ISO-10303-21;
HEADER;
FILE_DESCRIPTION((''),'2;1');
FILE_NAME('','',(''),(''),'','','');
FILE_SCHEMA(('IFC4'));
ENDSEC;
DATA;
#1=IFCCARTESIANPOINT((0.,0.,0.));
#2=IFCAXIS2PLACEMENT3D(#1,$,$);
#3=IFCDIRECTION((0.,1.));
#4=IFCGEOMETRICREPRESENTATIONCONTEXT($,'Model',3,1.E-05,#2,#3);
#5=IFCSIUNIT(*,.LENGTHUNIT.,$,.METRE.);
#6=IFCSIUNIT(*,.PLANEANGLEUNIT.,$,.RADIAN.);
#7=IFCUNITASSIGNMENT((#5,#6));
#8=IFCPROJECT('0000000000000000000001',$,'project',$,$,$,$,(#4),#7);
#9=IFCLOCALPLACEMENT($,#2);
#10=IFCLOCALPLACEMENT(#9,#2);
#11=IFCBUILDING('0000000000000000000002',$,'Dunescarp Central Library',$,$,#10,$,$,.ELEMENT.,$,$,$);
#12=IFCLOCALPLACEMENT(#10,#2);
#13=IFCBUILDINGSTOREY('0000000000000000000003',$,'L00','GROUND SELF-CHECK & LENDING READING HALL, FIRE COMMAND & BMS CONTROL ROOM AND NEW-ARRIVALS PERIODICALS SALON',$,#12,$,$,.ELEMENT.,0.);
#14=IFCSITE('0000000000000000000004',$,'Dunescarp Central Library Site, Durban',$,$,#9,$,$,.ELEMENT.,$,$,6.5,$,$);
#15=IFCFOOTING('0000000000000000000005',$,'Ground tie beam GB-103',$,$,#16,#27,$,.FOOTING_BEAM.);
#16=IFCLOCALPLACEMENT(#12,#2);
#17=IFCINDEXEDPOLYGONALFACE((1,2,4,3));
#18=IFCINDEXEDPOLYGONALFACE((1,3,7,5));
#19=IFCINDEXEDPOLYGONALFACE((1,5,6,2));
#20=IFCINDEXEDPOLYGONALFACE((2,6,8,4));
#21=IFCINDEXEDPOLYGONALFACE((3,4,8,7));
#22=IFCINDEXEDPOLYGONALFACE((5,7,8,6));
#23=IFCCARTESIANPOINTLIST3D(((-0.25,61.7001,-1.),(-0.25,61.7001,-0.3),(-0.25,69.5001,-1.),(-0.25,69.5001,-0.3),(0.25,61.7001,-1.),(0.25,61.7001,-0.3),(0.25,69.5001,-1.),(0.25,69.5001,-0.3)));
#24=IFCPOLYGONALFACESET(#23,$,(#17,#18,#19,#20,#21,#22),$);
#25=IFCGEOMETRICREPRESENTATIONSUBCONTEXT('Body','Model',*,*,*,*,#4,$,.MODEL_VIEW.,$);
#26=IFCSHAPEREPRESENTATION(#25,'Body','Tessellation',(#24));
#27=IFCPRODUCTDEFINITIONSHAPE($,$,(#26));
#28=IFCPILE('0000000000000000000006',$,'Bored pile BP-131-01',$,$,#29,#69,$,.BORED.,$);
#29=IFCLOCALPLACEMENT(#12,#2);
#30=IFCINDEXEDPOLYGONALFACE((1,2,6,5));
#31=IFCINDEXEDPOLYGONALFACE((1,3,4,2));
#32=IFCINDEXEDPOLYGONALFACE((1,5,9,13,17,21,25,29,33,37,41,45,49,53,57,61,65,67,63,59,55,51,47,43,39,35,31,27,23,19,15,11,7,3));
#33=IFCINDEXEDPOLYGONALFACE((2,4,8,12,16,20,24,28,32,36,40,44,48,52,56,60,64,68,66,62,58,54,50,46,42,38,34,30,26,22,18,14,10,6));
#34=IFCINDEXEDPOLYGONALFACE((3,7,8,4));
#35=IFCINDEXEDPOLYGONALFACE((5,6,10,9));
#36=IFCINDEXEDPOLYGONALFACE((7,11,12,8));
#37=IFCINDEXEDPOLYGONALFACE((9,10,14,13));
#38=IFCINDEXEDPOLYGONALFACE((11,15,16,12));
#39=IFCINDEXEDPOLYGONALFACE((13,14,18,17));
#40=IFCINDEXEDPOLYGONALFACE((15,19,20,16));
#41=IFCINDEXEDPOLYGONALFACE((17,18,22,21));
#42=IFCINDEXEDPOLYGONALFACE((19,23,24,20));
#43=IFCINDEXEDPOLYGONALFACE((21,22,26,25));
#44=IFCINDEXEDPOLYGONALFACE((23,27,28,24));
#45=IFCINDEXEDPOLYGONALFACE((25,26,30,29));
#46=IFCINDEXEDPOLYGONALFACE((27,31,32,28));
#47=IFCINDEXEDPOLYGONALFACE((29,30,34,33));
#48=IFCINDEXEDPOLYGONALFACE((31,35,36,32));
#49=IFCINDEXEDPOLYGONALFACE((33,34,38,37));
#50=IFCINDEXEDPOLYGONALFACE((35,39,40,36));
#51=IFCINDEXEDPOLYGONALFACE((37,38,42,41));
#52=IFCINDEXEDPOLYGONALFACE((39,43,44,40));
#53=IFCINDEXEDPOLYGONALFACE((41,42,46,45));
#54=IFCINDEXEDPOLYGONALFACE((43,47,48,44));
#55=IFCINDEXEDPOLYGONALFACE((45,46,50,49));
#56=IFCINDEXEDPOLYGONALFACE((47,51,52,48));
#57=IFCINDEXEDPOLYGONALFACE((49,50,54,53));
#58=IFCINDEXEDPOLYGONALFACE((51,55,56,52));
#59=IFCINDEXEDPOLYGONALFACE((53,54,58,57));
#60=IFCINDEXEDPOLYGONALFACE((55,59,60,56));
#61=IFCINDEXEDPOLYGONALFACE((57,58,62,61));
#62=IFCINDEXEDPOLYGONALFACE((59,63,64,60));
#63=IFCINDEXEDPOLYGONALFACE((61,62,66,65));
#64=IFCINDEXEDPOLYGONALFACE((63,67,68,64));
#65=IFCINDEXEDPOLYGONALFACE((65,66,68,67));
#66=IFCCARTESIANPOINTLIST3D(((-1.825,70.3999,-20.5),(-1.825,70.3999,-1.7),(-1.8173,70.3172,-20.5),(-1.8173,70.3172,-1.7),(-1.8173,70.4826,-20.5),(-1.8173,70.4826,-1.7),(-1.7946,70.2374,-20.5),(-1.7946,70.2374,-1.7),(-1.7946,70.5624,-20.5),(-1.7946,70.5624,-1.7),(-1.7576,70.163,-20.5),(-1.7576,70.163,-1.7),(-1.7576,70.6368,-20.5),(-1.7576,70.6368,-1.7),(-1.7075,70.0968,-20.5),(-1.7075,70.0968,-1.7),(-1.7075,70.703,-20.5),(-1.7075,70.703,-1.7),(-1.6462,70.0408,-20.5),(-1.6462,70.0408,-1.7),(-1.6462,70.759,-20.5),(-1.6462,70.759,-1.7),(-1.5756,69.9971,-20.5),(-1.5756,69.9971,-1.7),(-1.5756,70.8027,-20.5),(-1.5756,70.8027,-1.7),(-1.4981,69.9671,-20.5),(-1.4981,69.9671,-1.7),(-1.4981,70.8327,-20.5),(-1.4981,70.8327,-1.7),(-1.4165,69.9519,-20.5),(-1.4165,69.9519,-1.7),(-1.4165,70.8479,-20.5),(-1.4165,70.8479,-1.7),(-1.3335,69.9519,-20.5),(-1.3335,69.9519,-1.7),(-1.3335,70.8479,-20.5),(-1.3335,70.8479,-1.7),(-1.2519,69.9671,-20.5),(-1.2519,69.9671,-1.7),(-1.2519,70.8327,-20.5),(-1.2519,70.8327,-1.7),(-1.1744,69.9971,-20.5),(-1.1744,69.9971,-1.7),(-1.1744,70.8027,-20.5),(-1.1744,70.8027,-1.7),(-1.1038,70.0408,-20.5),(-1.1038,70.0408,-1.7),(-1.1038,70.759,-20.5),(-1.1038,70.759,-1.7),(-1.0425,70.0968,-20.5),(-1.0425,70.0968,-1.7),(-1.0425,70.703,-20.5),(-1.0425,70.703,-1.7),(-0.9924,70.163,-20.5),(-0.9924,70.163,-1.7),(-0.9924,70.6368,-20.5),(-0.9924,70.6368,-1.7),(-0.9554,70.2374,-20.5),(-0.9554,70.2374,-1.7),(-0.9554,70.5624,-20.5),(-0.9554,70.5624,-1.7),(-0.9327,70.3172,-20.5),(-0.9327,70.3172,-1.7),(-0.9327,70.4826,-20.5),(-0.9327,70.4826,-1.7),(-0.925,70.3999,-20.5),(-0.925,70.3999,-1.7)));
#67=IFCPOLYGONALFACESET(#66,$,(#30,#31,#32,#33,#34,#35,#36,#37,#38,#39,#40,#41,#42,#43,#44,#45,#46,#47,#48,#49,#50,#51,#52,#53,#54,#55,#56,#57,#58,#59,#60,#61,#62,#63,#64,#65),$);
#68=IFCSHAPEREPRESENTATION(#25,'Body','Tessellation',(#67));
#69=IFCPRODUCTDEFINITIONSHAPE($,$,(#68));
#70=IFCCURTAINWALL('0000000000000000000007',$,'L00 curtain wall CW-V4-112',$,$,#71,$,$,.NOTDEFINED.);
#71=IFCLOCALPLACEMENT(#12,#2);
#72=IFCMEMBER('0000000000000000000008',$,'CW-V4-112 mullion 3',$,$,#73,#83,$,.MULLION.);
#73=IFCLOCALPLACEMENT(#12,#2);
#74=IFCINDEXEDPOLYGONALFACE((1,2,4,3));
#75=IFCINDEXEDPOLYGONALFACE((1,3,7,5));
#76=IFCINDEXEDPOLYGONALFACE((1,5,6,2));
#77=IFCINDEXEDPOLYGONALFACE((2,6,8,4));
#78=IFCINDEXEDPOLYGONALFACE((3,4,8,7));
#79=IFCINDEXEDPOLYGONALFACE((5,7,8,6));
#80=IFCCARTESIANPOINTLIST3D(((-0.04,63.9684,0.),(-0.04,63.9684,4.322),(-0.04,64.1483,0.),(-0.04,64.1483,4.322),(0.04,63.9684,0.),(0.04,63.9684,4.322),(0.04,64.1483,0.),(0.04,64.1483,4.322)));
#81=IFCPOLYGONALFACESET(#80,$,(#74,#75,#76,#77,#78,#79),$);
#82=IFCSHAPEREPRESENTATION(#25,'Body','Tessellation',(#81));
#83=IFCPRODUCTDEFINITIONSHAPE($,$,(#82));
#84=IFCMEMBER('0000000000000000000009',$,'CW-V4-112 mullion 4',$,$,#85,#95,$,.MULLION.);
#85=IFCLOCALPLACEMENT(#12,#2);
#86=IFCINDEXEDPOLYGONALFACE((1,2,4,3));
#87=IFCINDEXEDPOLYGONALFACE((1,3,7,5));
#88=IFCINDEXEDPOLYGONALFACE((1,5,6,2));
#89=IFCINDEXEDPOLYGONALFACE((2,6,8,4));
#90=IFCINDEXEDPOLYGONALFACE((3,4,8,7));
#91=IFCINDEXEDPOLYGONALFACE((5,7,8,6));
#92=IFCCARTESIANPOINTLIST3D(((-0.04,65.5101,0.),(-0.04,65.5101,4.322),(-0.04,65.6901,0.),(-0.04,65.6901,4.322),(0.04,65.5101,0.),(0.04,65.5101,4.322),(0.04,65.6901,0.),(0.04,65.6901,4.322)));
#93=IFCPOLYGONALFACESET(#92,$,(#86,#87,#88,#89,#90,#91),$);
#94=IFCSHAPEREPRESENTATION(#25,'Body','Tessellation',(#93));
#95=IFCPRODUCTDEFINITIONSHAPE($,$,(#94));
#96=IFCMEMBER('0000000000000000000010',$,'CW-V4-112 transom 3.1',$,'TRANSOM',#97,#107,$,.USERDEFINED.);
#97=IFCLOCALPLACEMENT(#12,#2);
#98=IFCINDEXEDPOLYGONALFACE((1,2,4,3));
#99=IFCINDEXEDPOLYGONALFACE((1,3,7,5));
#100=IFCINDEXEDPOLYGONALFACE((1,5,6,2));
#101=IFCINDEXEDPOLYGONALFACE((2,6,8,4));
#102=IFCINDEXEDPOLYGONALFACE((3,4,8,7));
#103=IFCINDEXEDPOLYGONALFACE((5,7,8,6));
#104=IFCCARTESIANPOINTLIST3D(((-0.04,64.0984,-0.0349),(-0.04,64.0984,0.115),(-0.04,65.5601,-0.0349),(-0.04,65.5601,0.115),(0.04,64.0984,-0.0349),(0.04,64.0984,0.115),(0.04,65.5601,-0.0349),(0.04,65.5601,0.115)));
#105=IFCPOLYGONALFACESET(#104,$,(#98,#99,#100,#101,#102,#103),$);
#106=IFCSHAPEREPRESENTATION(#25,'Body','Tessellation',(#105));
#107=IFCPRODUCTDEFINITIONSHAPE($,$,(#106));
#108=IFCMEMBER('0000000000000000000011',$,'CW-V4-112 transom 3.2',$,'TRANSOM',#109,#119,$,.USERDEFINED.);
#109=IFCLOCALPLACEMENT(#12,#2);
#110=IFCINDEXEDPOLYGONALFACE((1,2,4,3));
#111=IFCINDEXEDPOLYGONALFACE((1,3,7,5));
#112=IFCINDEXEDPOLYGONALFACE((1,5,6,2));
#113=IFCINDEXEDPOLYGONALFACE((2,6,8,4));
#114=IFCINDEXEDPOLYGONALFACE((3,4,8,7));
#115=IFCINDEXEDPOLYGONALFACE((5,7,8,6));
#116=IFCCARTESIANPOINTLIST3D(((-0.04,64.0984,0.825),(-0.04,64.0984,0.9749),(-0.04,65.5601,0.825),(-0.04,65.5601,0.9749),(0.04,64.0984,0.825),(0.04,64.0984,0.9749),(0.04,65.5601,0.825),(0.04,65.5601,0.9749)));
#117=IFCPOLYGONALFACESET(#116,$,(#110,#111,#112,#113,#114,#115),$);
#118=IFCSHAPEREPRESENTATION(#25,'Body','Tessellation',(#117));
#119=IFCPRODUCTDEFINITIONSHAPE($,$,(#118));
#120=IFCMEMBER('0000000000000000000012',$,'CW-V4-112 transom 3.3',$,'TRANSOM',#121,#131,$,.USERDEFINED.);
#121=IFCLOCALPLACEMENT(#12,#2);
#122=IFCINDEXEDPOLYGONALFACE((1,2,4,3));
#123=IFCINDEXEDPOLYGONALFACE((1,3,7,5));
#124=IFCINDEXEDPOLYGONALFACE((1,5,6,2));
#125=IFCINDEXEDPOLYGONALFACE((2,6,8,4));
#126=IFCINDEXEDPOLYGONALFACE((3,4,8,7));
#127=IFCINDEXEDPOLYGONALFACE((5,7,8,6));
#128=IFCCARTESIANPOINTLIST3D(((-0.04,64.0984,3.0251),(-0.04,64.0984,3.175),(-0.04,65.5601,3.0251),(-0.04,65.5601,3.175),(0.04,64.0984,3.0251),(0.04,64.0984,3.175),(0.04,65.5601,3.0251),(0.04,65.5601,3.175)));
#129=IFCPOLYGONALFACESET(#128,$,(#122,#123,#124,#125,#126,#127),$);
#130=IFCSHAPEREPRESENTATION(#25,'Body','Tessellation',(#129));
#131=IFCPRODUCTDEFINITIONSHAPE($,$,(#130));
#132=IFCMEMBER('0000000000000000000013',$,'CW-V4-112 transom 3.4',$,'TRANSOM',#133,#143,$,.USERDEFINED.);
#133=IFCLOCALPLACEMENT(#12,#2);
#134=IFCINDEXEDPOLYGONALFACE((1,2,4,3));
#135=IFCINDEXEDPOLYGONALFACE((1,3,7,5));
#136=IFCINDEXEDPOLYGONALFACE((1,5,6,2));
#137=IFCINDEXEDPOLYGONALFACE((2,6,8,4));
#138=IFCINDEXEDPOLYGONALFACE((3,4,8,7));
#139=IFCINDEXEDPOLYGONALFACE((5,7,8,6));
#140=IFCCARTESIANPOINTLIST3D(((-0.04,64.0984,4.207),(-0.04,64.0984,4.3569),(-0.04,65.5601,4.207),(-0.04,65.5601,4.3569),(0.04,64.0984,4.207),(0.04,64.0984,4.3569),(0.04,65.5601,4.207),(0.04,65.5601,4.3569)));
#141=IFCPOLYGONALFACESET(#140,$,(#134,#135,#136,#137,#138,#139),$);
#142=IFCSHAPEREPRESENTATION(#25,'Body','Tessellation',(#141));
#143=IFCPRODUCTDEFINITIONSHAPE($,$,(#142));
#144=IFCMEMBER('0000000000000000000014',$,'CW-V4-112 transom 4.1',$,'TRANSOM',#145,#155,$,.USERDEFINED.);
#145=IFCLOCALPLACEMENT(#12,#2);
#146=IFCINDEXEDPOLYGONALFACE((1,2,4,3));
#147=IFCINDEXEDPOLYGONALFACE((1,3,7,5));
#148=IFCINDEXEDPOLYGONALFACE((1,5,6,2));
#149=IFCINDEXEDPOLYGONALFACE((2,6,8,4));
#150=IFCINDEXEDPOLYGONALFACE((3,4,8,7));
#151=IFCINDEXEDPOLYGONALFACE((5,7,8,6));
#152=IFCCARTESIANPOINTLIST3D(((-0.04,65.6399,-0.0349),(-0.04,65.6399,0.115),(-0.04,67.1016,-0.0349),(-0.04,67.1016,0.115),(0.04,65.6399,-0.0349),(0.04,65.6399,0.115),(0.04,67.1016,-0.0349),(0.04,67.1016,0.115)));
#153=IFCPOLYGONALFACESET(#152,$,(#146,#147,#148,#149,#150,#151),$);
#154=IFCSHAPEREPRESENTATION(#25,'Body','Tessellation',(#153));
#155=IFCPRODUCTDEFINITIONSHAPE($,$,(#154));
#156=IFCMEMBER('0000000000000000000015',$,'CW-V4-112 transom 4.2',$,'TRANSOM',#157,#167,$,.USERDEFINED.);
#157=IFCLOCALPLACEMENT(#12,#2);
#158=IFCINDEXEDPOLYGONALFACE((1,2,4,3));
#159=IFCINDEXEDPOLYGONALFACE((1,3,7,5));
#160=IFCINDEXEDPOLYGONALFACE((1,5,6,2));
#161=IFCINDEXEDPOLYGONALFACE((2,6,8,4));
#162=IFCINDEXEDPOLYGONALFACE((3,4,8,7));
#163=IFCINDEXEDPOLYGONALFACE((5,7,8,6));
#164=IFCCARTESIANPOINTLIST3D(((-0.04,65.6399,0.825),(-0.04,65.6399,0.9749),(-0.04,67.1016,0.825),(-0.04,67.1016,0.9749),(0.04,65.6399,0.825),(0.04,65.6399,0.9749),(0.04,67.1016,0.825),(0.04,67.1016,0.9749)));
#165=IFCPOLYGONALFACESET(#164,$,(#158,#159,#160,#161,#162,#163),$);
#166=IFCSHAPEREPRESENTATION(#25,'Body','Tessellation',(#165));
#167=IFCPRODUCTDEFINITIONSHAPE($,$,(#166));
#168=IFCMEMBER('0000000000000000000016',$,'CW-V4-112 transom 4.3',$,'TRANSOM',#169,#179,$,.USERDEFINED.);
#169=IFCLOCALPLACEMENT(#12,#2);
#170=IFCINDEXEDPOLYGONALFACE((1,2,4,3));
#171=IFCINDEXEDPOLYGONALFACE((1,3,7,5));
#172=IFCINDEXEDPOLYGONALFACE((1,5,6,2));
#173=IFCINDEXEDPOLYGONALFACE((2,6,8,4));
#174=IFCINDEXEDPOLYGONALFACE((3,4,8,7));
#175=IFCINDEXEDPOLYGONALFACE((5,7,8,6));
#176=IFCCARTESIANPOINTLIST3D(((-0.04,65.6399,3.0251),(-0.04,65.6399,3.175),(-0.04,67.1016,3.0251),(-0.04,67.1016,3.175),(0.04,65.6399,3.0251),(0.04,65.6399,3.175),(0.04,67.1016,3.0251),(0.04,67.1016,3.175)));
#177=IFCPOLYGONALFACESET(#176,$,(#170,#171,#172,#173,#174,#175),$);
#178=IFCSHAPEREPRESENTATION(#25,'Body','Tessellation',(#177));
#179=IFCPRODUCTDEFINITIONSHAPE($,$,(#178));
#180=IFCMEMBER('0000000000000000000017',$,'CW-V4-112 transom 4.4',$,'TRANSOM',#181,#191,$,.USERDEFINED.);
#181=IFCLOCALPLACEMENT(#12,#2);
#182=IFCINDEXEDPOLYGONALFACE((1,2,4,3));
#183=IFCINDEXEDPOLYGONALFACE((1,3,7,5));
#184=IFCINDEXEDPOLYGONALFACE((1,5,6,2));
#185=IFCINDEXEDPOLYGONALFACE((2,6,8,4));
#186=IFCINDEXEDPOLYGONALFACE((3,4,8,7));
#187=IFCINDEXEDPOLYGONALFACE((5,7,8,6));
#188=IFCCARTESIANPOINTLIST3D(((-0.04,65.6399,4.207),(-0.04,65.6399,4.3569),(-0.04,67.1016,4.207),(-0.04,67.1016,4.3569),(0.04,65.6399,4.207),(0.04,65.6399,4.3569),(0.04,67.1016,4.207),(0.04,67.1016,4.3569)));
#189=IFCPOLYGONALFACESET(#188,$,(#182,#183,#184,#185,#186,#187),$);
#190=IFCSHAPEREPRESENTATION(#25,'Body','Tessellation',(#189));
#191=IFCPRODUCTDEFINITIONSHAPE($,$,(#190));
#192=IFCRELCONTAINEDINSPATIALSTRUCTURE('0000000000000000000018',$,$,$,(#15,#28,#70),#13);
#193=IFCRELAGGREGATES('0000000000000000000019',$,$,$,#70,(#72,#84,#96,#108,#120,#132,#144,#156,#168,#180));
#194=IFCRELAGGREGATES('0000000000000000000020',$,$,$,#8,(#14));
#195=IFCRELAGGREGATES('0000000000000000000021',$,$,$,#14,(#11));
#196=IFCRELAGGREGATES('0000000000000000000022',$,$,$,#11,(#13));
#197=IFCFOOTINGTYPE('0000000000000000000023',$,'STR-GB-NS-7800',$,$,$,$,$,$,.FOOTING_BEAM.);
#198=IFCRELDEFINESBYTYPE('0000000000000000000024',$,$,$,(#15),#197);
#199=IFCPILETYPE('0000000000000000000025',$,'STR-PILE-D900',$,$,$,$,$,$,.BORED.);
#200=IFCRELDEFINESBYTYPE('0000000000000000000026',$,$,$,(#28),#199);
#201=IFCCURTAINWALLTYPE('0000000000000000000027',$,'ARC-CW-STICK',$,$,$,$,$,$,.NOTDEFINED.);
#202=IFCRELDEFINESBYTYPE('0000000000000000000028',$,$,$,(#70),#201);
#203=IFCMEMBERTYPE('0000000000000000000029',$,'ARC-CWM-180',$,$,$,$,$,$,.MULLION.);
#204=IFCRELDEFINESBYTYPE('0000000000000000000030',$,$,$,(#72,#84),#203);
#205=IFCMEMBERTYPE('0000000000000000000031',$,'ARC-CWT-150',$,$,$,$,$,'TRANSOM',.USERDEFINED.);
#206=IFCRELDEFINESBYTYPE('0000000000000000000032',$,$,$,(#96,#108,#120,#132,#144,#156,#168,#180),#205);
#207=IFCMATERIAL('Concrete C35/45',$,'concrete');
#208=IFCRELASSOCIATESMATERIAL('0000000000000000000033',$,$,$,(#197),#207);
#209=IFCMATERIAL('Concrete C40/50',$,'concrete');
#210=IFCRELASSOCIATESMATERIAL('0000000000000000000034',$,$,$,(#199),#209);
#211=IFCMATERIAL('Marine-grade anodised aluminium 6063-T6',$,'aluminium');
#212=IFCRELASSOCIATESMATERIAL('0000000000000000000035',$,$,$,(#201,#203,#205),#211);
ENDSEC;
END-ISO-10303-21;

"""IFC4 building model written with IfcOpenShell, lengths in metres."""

from ifc_helpers import new_model, si_unit, direction, frame, origin, origin_2d, place, context, subcontext, project, spatial, rectangle, circle, extrude, material, material_profile, profile_set, type_object, element, aggregate, save


model = new_model("IFC4")

# Units and contexts
model_context = context("Model", 3, precision=1e-05, world=origin(), true_north=direction((0.0, 1.0)))
body_context = subcontext(model_context, "Body", "Model", "MODEL_VIEW")
ifc_project = project(units=[si_unit("LENGTHUNIT", "METRE"), si_unit("PLANEANGLEUNIT", "RADIAN")], contexts=[model_context])

# Site, building, storey
site_placement = place(None, origin())
site = spatial("IfcSite", under=ifc_project, at=site_placement, Name="Dunescarp Central Library Site, Durban", CompositionType="ELEMENT", RefElevation=6.5)
building_placement = place(site_placement, origin())
building = spatial("IfcBuilding", under=site, at=building_placement, Name="Dunescarp Central Library", CompositionType="ELEMENT")
storey_placement = place(building_placement, origin())
storey = spatial("IfcBuildingStorey", under=building, at=storey_placement, Name="L00", Description="GROUND SELF-CHECK & LENDING READING HALL, FIRE COMMAND & BMS CONTROL ROOM AND NEW-ARRIVALS PERIODICALS SALON", CompositionType="ELEMENT", Elevation=0.0)

# Footing
ifc_material_1 = material(Name="Concrete C35/45", Category="concrete")
footing_type = type_object("IfcFootingType", Name="STR-GB-NS-7800", PredefinedType="FOOTING_BEAM", material=ifc_material_1)
footing_placement = place(storey_placement, frame((0.0, 65.6001, -1.0), z_axis=(0.0, 0.0, 1.0), x_axis=(0.0, 1.0, 0.0)))
element("IfcFooting", 1, at=footing_placement, inside=storey, type_object=footing_type, Name="Ground tie beam GB-103", PredefinedType="FOOTING_BEAM", context=body_context, shape_type="SweptSolid", body=[
    extrude(rectangle(XDim=7.8, YDim=0.5, at=origin_2d()), origin(), (0.0, 0.0, 1.0), 0.7),
])

# Pile
ifc_material_2 = material(Name="Concrete C40/50", Category="concrete")
ifc_material_profile_1 = material_profile(ifc_material_2, circle(Radius=0.45, at=origin_2d()), Name="PILE D900")
ifc_profile_set_1 = profile_set([ifc_material_profile_1], Name="Concrete C40/50")
pile_type = type_object("IfcPileType", Name="STR-PILE-D900", PredefinedType="BORED", material=ifc_profile_set_1)
pile_placement = place(storey_placement, frame((-1.375, 70.3999, -1.7), z_axis=(0.0, 0.0, -1.0), x_axis=(1.0, 0.0, 0.0)))
element("IfcPile", 2, at=pile_placement, inside=storey, type_object=pile_type, Name="Bored pile BP-131-01", PredefinedType="BORED", context=body_context, shape_type="SweptSolid", body=[
    extrude(circle(Radius=0.45, at=origin_2d()), origin(), (0.0, 0.0, 1.0), 18.8),
])

# Curtain wall, members
ifc_material_3 = material(Name="Marine-grade anodised aluminium 6063-T6", Category="aluminium")
curtain_wall_type = type_object("IfcCurtainWallType", Name="ARC-CW-STICK", PredefinedType="NOTDEFINED", material=ifc_material_3)
curtain_wall_placement = place(storey_placement, origin())
curtain_wall = element("IfcCurtainWall", 3, at=curtain_wall_placement, inside=storey, type_object=curtain_wall_type, Name="L00 curtain wall CW-V4-112", PredefinedType="NOTDEFINED")
ifc_material_profile_2 = material_profile(ifc_material_3, rectangle(XDim=0.0801, YDim=0.1799, at=origin_2d()), Name="AL 80x180")
ifc_profile_set_2 = profile_set([ifc_material_profile_2], Name="Marine-grade anodised aluminium 6063-T6")
member_type_1 = type_object("IfcMemberType", Name="ARC-CWM-180", PredefinedType="MULLION", material=ifc_profile_set_2)
member_1_placement = place(storey_placement, frame((0.0, 64.0583, 0.0), z_axis=(0.0, 0.0, 1.0), x_axis=(-1.0, 0.0, 0.0)))
member_1 = element("IfcMember", 4, at=member_1_placement, type_object=member_type_1, Name="CW-V4-112 mullion 3", PredefinedType="MULLION", context=body_context, shape_type="SweptSolid", body=[
    extrude(rectangle(XDim=0.0801, YDim=0.1799, at=origin_2d()), origin(), (0.0, 0.0, 1.0), 4.322),
])
member_2_placement = place(storey_placement, frame((0.0, 65.6001, 0.0), z_axis=(0.0, 0.0, 1.0), x_axis=(-1.0, 0.0, 0.0)))
member_2 = element("IfcMember", 5, at=member_2_placement, type_object=member_type_1, Name="CW-V4-112 mullion 4", PredefinedType="MULLION", context=body_context, shape_type="SweptSolid", body=[
    extrude(rectangle(XDim=0.0801, YDim=0.1799, at=origin_2d()), origin(), (0.0, 0.0, 1.0), 4.322),
])
ifc_material_profile_3 = material_profile(ifc_material_3, rectangle(XDim=0.0801, YDim=0.1499, at=origin_2d()), Name="AL 80x150")
ifc_profile_set_3 = profile_set([ifc_material_profile_3], Name="Marine-grade anodised aluminium 6063-T6")
member_type_2 = type_object("IfcMemberType", Name="ARC-CWT-150", ElementType="TRANSOM", PredefinedType="USERDEFINED", material=ifc_profile_set_3)
member_3_placement = place(storey_placement, frame((0.0, 64.0984, 0.04), z_axis=(0.0, 1.0, 0.0), x_axis=(-1.0, 0.0, 0.0)))
member_3 = element("IfcMember", 6, at=member_3_placement, type_object=member_type_2, Name="CW-V4-112 transom 3.1", ObjectType="TRANSOM", PredefinedType="USERDEFINED", context=body_context, shape_type="SweptSolid", body=[
    extrude(rectangle(XDim=0.0801, YDim=0.1499, at=origin_2d()), origin(), (0.0, 0.0, 1.0), 1.4617),
])
member_4_placement = place(storey_placement, frame((0.0, 64.0984, 0.8999), z_axis=(0.0, 1.0, 0.0), x_axis=(-1.0, 0.0, 0.0)))
member_4 = element("IfcMember", 7, at=member_4_placement, type_object=member_type_2, Name="CW-V4-112 transom 3.2", ObjectType="TRANSOM", PredefinedType="USERDEFINED", context=body_context, shape_type="SweptSolid", body=[
    extrude(rectangle(XDim=0.0801, YDim=0.1499, at=origin_2d()), origin(), (0.0, 0.0, 1.0), 1.4617),
])
member_5_placement = place(storey_placement, frame((0.0, 64.0984, 3.1001), z_axis=(0.0, 1.0, 0.0), x_axis=(-1.0, 0.0, 0.0)))
member_5 = element("IfcMember", 8, at=member_5_placement, type_object=member_type_2, Name="CW-V4-112 transom 3.3", ObjectType="TRANSOM", PredefinedType="USERDEFINED", context=body_context, shape_type="SweptSolid", body=[
    extrude(rectangle(XDim=0.0801, YDim=0.1499, at=origin_2d()), origin(), (0.0, 0.0, 1.0), 1.4617),
])
member_6_placement = place(storey_placement, frame((0.0, 64.0984, 4.282), z_axis=(0.0, 1.0, 0.0), x_axis=(-1.0, 0.0, 0.0)))
member_6 = element("IfcMember", 9, at=member_6_placement, type_object=member_type_2, Name="CW-V4-112 transom 3.4", ObjectType="TRANSOM", PredefinedType="USERDEFINED", context=body_context, shape_type="SweptSolid", body=[
    extrude(rectangle(XDim=0.0801, YDim=0.1499, at=origin_2d()), origin(), (0.0, 0.0, 1.0), 1.4617),
])
member_7_placement = place(storey_placement, frame((0.0, 65.6399, 0.04), z_axis=(0.0, 1.0, 0.0), x_axis=(-1.0, 0.0, 0.0)))
member_7 = element("IfcMember", 10, at=member_7_placement, type_object=member_type_2, Name="CW-V4-112 transom 4.1", ObjectType="TRANSOM", PredefinedType="USERDEFINED", context=body_context, shape_type="SweptSolid", body=[
    extrude(rectangle(XDim=0.0801, YDim=0.1499, at=origin_2d()), origin(), (0.0, 0.0, 1.0), 1.4617),
])
member_8_placement = place(storey_placement, frame((0.0, 65.6399, 0.8999), z_axis=(0.0, 1.0, 0.0), x_axis=(-1.0, 0.0, 0.0)))
member_8 = element("IfcMember", 11, at=member_8_placement, type_object=member_type_2, Name="CW-V4-112 transom 4.2", ObjectType="TRANSOM", PredefinedType="USERDEFINED", context=body_context, shape_type="SweptSolid", body=[
    extrude(rectangle(XDim=0.0801, YDim=0.1499, at=origin_2d()), origin(), (0.0, 0.0, 1.0), 1.4617),
])
member_9_placement = place(storey_placement, frame((0.0, 65.6399, 3.1001), z_axis=(0.0, 1.0, 0.0), x_axis=(-1.0, 0.0, 0.0)))
member_9 = element("IfcMember", 12, at=member_9_placement, type_object=member_type_2, Name="CW-V4-112 transom 4.3", ObjectType="TRANSOM", PredefinedType="USERDEFINED", context=body_context, shape_type="SweptSolid", body=[
    extrude(rectangle(XDim=0.0801, YDim=0.1499, at=origin_2d()), origin(), (0.0, 0.0, 1.0), 1.4617),
])
member_10_placement = place(storey_placement, frame((0.0, 65.6399, 4.282), z_axis=(0.0, 1.0, 0.0), x_axis=(-1.0, 0.0, 0.0)))
member_10 = element("IfcMember", 13, at=member_10_placement, type_object=member_type_2, Name="CW-V4-112 transom 4.4", ObjectType="TRANSOM", PredefinedType="USERDEFINED", context=body_context, shape_type="SweptSolid", body=[
    extrude(rectangle(XDim=0.0801, YDim=0.1499, at=origin_2d()), origin(), (0.0, 0.0, 1.0), 1.4617),
])
aggregate(curtain_wall, [member_1, member_2, member_3, member_4, member_5, member_6, member_7, member_8, member_9, member_10])

save(model, "model.ifc")
